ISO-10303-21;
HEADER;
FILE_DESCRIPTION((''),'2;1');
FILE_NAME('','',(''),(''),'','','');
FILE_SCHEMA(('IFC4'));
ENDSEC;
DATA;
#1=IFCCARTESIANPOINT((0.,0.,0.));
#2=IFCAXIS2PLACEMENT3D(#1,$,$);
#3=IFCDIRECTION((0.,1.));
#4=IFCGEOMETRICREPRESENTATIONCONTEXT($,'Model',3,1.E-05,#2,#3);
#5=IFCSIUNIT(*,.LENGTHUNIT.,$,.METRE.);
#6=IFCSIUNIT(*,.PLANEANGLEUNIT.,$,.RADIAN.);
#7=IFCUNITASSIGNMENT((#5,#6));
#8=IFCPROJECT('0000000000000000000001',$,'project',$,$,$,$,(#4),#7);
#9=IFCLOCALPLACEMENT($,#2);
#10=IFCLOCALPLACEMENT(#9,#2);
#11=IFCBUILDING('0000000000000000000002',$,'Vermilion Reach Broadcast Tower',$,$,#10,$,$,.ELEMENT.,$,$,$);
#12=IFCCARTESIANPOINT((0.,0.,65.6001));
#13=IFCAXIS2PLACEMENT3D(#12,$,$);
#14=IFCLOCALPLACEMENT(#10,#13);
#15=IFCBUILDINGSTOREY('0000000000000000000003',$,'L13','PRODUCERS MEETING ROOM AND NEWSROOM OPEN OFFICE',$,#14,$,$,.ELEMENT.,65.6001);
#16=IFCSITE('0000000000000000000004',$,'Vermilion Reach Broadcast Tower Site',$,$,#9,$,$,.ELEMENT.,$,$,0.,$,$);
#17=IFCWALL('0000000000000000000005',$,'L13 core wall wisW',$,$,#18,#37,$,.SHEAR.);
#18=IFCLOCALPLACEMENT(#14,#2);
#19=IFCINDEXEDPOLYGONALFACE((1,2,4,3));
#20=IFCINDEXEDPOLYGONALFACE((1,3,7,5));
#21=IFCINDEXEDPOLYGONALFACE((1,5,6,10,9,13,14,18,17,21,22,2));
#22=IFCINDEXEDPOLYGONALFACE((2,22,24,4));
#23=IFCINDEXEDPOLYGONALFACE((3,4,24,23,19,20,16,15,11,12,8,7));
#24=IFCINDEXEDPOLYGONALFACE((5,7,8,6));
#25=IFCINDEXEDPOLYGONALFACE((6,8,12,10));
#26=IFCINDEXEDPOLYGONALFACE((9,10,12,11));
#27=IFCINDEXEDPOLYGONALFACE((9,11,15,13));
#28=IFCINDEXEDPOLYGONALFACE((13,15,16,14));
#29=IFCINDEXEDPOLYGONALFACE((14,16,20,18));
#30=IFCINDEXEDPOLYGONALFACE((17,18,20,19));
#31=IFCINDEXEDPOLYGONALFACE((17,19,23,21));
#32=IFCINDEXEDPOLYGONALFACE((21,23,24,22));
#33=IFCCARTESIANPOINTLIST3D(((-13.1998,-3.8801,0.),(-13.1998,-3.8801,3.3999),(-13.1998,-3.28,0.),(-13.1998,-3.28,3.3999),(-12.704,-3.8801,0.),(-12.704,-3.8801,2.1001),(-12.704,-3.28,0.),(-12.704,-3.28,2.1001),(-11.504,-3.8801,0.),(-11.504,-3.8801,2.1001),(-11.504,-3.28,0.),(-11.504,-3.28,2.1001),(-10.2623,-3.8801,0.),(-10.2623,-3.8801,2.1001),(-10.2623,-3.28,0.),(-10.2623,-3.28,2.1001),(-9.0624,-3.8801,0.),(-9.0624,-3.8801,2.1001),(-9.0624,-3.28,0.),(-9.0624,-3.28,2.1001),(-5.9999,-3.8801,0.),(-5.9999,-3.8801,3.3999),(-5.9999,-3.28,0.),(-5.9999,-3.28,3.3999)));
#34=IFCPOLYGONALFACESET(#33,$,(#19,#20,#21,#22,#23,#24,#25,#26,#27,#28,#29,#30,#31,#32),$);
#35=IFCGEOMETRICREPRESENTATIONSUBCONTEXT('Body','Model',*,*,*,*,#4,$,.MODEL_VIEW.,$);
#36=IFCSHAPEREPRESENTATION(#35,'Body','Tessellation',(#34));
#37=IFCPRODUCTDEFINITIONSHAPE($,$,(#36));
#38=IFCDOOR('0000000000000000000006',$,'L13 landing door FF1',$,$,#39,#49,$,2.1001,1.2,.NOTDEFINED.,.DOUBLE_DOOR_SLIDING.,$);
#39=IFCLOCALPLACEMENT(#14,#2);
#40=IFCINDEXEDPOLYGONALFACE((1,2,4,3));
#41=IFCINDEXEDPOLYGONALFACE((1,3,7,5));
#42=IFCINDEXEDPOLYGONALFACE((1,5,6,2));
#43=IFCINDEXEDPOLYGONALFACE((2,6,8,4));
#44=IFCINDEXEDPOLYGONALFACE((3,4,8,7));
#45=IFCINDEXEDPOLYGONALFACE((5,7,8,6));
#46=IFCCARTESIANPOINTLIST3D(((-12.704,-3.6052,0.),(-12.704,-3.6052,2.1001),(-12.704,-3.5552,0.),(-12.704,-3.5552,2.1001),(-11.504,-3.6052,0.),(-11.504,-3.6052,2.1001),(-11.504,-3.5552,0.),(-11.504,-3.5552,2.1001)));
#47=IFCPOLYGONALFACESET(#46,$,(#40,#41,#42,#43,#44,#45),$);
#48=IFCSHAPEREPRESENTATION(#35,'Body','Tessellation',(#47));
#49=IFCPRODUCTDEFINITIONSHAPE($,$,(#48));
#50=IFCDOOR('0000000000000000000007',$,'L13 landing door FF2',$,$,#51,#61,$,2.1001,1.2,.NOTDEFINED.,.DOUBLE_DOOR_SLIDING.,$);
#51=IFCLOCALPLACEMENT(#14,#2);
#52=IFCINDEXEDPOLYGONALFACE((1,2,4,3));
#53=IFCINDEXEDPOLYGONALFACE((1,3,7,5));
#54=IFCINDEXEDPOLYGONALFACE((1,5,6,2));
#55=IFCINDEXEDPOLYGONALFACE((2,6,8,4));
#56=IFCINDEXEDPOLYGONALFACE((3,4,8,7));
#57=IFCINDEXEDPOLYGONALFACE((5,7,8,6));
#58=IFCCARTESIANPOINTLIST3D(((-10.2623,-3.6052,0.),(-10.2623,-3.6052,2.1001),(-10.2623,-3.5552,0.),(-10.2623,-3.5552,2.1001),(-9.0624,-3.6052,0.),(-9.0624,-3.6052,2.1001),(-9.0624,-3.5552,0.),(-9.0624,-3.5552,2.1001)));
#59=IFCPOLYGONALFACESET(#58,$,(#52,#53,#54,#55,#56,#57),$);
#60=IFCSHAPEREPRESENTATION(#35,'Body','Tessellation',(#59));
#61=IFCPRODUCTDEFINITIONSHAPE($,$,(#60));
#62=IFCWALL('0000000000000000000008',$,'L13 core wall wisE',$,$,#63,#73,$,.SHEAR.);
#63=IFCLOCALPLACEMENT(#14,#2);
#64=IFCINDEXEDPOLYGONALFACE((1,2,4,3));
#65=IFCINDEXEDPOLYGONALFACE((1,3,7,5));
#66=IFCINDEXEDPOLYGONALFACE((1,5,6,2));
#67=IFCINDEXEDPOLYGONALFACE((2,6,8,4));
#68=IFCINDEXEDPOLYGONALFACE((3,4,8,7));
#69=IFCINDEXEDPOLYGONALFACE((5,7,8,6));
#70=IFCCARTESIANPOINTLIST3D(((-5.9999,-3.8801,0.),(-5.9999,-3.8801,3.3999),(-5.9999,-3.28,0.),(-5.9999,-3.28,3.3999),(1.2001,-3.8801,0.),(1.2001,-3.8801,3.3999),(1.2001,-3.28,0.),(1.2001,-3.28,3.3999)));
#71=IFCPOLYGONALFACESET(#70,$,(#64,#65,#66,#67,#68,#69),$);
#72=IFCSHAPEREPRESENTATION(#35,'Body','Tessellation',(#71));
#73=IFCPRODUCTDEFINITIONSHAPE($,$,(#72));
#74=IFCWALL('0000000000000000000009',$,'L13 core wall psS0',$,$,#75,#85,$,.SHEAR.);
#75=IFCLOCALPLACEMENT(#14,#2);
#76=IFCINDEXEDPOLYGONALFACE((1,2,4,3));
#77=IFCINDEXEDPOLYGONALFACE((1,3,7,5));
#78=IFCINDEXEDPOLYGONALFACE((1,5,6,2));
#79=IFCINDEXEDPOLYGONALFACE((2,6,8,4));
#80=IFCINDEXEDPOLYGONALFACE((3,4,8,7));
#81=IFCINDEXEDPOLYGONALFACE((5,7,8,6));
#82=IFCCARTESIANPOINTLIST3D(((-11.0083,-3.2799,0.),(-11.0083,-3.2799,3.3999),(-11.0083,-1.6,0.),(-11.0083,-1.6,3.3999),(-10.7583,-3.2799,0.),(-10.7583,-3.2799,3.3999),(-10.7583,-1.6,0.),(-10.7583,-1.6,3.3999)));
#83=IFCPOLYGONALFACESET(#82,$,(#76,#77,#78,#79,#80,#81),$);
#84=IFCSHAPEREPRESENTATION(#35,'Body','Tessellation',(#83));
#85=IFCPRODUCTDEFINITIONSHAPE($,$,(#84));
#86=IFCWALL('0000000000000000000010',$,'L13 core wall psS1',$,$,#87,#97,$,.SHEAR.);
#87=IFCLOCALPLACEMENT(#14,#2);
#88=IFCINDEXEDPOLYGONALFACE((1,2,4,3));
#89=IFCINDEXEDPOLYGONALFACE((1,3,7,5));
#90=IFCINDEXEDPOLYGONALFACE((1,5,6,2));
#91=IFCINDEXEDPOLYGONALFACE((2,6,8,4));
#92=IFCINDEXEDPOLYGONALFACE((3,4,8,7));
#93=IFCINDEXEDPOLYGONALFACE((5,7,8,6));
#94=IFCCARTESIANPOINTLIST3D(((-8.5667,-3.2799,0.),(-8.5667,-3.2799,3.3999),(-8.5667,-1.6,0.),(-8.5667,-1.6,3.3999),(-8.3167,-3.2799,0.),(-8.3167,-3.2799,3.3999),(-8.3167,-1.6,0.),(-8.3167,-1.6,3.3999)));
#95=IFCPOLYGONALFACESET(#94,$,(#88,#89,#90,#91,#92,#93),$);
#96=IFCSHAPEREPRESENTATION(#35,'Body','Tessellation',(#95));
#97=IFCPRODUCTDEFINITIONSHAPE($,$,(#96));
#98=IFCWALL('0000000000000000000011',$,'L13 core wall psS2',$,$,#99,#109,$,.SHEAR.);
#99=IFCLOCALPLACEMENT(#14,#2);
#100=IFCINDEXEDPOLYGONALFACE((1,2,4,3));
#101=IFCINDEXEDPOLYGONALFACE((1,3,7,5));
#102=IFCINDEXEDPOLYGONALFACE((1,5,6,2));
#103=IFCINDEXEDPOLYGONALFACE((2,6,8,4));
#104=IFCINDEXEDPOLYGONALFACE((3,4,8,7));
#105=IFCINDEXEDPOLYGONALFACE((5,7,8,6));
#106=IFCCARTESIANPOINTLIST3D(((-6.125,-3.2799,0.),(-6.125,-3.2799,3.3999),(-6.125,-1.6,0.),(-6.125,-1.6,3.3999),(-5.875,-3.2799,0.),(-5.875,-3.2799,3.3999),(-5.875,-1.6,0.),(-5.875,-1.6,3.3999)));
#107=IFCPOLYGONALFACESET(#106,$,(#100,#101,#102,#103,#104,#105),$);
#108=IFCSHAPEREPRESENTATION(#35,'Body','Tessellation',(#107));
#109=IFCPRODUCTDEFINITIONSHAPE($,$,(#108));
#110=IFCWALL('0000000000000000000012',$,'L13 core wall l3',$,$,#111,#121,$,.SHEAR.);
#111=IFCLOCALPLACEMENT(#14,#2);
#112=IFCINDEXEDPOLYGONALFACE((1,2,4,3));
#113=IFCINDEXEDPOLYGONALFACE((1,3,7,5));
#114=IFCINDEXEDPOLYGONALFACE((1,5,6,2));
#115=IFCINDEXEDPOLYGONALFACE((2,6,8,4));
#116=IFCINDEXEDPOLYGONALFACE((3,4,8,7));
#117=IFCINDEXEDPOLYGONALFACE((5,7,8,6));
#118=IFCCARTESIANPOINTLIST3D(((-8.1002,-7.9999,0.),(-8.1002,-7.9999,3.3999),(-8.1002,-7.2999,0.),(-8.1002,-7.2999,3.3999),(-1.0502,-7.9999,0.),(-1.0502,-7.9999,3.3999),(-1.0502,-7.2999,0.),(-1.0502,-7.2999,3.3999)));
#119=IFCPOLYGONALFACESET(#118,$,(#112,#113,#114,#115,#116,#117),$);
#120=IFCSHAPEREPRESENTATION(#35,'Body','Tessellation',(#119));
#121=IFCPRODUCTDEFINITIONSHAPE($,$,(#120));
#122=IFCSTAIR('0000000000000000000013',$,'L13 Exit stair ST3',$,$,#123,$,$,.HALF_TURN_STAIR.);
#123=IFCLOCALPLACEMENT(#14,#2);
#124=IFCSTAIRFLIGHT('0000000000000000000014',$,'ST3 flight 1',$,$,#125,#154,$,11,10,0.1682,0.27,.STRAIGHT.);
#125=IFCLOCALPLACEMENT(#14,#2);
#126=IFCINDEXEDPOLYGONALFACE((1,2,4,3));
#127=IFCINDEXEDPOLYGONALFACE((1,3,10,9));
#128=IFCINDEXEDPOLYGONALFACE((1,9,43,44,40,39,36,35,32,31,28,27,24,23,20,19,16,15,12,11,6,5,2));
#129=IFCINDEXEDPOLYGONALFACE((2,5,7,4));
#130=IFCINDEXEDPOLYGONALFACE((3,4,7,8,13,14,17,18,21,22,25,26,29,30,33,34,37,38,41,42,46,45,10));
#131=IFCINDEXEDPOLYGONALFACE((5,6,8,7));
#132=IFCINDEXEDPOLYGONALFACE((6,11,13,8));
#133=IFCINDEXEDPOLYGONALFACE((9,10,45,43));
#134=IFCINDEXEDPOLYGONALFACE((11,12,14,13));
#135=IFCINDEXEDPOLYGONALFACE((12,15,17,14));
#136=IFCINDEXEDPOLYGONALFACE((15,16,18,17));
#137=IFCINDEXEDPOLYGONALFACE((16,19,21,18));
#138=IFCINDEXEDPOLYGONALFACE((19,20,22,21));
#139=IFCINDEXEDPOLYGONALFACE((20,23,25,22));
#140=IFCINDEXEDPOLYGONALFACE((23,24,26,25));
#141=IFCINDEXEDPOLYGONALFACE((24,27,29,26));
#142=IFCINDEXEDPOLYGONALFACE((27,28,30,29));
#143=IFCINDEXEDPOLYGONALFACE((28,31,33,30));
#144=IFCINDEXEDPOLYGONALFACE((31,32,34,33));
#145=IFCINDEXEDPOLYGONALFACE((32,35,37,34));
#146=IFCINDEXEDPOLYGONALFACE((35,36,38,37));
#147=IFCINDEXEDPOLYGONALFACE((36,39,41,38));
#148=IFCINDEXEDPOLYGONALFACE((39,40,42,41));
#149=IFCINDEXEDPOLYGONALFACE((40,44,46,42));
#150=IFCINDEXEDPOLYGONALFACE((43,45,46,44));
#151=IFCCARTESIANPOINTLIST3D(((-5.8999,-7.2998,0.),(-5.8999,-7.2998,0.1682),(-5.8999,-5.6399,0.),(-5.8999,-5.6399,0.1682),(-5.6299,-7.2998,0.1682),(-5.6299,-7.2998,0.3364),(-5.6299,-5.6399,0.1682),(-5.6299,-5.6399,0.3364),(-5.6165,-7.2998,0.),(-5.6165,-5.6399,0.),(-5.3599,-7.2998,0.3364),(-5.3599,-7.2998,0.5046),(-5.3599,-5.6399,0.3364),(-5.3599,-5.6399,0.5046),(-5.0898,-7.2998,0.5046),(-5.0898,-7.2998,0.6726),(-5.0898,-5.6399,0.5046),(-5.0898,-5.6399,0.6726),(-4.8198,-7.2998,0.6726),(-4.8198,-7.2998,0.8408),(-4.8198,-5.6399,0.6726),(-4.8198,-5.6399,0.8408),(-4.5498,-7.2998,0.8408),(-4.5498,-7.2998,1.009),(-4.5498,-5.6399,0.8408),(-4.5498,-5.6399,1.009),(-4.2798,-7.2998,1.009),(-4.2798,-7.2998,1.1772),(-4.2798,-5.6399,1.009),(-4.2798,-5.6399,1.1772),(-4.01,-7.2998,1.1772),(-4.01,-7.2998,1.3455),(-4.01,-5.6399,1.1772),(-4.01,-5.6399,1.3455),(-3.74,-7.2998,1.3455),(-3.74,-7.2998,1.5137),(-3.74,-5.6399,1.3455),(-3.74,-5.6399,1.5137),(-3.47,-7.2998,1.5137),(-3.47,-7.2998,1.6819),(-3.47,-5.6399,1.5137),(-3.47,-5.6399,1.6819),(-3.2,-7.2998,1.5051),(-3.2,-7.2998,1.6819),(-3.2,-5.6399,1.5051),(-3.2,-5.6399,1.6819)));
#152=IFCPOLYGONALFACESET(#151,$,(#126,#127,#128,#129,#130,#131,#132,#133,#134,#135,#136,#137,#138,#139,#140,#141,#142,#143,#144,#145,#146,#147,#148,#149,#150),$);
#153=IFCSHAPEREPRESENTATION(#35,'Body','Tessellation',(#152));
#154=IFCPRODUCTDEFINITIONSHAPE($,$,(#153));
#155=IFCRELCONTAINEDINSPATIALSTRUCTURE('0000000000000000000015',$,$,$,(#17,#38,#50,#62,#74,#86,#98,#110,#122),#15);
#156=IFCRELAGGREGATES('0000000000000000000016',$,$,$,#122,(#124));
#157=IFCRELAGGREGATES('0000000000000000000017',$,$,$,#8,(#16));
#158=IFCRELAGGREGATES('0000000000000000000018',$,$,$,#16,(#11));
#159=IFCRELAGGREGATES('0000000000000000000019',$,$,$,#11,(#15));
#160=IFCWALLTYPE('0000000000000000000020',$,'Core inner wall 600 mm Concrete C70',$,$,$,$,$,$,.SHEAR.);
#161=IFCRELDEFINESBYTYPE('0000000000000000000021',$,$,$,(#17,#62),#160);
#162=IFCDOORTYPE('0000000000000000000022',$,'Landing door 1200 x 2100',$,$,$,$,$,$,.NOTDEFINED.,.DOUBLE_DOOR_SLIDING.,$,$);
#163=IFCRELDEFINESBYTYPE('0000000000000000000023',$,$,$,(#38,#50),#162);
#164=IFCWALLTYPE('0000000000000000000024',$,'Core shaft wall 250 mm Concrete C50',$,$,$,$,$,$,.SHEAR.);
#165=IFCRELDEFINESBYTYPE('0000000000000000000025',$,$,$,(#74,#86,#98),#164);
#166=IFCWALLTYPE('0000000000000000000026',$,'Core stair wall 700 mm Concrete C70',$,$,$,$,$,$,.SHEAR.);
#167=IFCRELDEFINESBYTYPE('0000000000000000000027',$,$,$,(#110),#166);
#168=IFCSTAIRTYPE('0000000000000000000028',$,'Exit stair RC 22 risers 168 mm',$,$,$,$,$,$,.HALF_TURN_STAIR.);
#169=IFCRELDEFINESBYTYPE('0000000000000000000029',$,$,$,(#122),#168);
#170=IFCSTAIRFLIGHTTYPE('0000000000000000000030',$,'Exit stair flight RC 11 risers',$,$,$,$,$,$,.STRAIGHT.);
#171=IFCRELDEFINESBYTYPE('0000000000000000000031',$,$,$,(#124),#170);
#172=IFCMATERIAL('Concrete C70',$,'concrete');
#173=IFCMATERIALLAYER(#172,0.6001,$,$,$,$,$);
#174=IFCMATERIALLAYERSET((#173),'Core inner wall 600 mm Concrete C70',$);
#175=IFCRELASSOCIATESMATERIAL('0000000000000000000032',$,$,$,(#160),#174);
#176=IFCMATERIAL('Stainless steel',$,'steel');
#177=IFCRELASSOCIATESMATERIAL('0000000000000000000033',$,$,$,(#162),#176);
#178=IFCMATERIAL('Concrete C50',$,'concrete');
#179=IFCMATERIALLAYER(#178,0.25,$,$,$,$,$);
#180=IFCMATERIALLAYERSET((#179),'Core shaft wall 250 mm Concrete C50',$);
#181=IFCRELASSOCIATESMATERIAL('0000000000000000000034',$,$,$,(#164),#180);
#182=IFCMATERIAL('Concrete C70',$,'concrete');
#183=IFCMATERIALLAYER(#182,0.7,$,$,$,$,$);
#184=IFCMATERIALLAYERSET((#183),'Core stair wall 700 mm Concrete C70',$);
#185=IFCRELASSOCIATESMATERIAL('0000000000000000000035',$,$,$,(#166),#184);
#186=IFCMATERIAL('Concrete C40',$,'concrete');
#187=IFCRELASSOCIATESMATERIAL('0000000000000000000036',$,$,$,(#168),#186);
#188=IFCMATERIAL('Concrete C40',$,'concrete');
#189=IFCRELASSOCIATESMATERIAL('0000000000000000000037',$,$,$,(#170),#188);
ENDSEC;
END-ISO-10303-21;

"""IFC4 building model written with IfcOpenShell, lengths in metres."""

from ifc_helpers import new_model, si_unit, direction, frame, frame_2d, origin, place, context, subcontext, project, spatial, polyline, rectangle, outline, extrude, material, layer, layer_set, type_object, element, fill, aggregate, save


model = new_model("IFC4")

# Units and contexts
model_context = context("Model", 3, precision=1e-05, world=origin(), true_north=direction((0.0, 1.0)))
body_context = subcontext(model_context, "Body", "Model", "MODEL_VIEW")
ifc_project = project(units=[si_unit("LENGTHUNIT", "METRE"), si_unit("PLANEANGLEUNIT", "RADIAN")], contexts=[model_context])

# Site, building, storey
site_placement = place(None, origin())
site = spatial("IfcSite", under=ifc_project, at=site_placement, Name="Vermilion Reach Broadcast Tower Site", CompositionType="ELEMENT", RefElevation=0.0)
building_placement = place(site_placement, origin())
building = spatial("IfcBuilding", under=site, at=building_placement, Name="Vermilion Reach Broadcast Tower", CompositionType="ELEMENT")
storey_placement = place(building_placement, frame((0.0, 0.0, 65.6001)))
storey = spatial("IfcBuildingStorey", under=building, at=storey_placement, Name="L13", Description="PRODUCERS MEETING ROOM AND NEWSROOM OPEN OFFICE", CompositionType="ELEMENT", Elevation=65.6001)

# Wall, openings, doors
ifc_material_1 = material(Name="Concrete C70", Category="concrete")
ifc_layer_1 = layer(ifc_material_1, 0.6001)
ifc_layer_set_1 = layer_set([ifc_layer_1], Name="Core inner wall 600 mm Concrete C70")
wall_type_1 = type_object("IfcWallType", Name="Core inner wall 600 mm Concrete C70", PredefinedType="SHEAR", material=ifc_layer_set_1)
wall_1_placement = place(storey_placement, frame((-13.2, -3.5801, 0.0), z_axis=(0.0, 0.0, 1.0), x_axis=(1.0, 0.0, 0.0)))
wall_1 = element("IfcWall", 1, at=wall_1_placement, inside=storey, type_object=wall_type_1, Name="L13 core wall wisW", PredefinedType="SHEAR", context=body_context, shape_type="SweptSolid", body=[
    extrude(rectangle(XDim=7.2, YDim=0.6001, at=frame_2d((3.6001, 0.0))), origin(), (0.0, 0.0, 1.0), 3.3999),
])
opening_1_placement = place(wall_1_placement, frame((0.4958, 0.0, 0.0)))
opening_1 = element("IfcOpeningElement", 2, at=opening_1_placement, cuts=wall_1, PredefinedType="OPENING", context=body_context, shape_type="SweptSolid", body=[
    extrude(rectangle(XDim=1.2, YDim=2.1001, at=frame_2d((0.6001, 1.05))), frame((0.0, 0.3101, 0.0), z_axis=(0.0, -1.0, 0.0), x_axis=(1.0, 0.0, 0.0)), (0.0, 0.0, 1.0), 0.6201),
])
opening_2_placement = place(wall_1_placement, frame((2.9375, 0.0, 0.0)))
opening_2 = element("IfcOpeningElement", 3, at=opening_2_placement, cuts=wall_1, PredefinedType="OPENING", context=body_context, shape_type="SweptSolid", body=[
    extrude(rectangle(XDim=1.2, YDim=2.1001, at=frame_2d((0.6001, 1.05))), frame((0.0, 0.3101, 0.0), z_axis=(0.0, -1.0, 0.0), x_axis=(1.0, 0.0, 0.0)), (0.0, 0.0, 1.0), 0.6201),
])
ifc_material_2 = material(Name="Stainless steel", Category="steel")
door_type_1 = type_object("IfcDoorType", Name="Landing door 1200 x 2100", OperationType="DOUBLE_DOOR_SLIDING", PredefinedType="NOTDEFINED", material=ifc_material_2)
door_1_placement = place(opening_1_placement, origin())
door_1 = element("IfcDoor", 4, at=door_1_placement, inside=storey, type_object=door_type_1, Name="L13 landing door FF1", OperationType="DOUBLE_DOOR_SLIDING", OverallHeight=2.1001, OverallWidth=1.2, PredefinedType="NOTDEFINED", context=body_context, shape_type="SweptSolid", body=[
    extrude(rectangle(XDim=1.2, YDim=2.1001, at=frame_2d((0.6001, 1.05))), frame((0.0, 0.0249, 0.0), z_axis=(0.0, -1.0, 0.0), x_axis=(1.0, 0.0, 0.0)), (0.0, 0.0, 1.0), 0.05),
])
fill(opening_1, door_1)
door_2_placement = place(opening_2_placement, origin())
door_2 = element("IfcDoor", 5, at=door_2_placement, inside=storey, type_object=door_type_1, Name="L13 landing door FF2", OperationType="DOUBLE_DOOR_SLIDING", OverallHeight=2.1001, OverallWidth=1.2, PredefinedType="NOTDEFINED", context=body_context, shape_type="SweptSolid", body=[
    extrude(rectangle(XDim=1.2, YDim=2.1001, at=frame_2d((0.6001, 1.05))), frame((0.0, 0.0249, 0.0), z_axis=(0.0, -1.0, 0.0), x_axis=(1.0, 0.0, 0.0)), (0.0, 0.0, 1.0), 0.05),
])
fill(opening_2, door_2)

# Walls
wall_2_placement = place(storey_placement, frame((-6.0, -3.5801, 0.0), z_axis=(0.0, 0.0, 1.0), x_axis=(1.0, 0.0, 0.0)))
element("IfcWall", 6, at=wall_2_placement, inside=storey, type_object=wall_type_1, Name="L13 core wall wisE", PredefinedType="SHEAR", context=body_context, shape_type="SweptSolid", body=[
    extrude(rectangle(XDim=7.2, YDim=0.6001, at=frame_2d((3.6001, 0.0))), origin(), (0.0, 0.0, 1.0), 3.3999),
])
ifc_material_3 = material(Name="Concrete C50", Category="concrete")
ifc_layer_2 = layer(ifc_material_3, 0.25)
ifc_layer_set_2 = layer_set([ifc_layer_2], Name="Core shaft wall 250 mm Concrete C50")
wall_type_2 = type_object("IfcWallType", Name="Core shaft wall 250 mm Concrete C50", PredefinedType="SHEAR", material=ifc_layer_set_2)
for number, where, z_axis, x_axis, name in (
    (7, (-10.8833, -1.6001, 0.0), (0.0, 0.0, 1.0), (0.0, -1.0, 0.0), "L13 core wall psS0"),
    (8, (-8.4417, -1.6001, 0.0), (0.0, 0.0, 1.0), (0.0, -1.0, 0.0), "L13 core wall psS1"),
    (9, (-6.0, -1.6001, 0.0), (0.0, 0.0, 1.0), (0.0, -1.0, 0.0), "L13 core wall psS2"),
):
    element("IfcWall", number, at=place(storey_placement, frame(where, z_axis=z_axis, x_axis=x_axis)), inside=storey, type_object=wall_type_2, Name=name, PredefinedType="SHEAR", context=body_context, shape_type="SweptSolid", body=[
        extrude(rectangle(XDim=1.6799, YDim=0.25, at=frame_2d((0.8398, 0.0))), origin(), (0.0, 0.0, 1.0), 3.3999),
    ])
ifc_material_4 = material(Name="Concrete C70", Category="concrete")
ifc_layer_3 = layer(ifc_material_4, 0.7)
ifc_layer_set_3 = layer_set([ifc_layer_3], Name="Core stair wall 700 mm Concrete C70")
wall_type_3 = type_object("IfcWallType", Name="Core stair wall 700 mm Concrete C70", PredefinedType="SHEAR", material=ifc_layer_set_3)
wall_3_placement = place(storey_placement, frame((-8.1001, -7.6499, 0.0), z_axis=(0.0, 0.0, 1.0), x_axis=(1.0, 0.0, 0.0)))
element("IfcWall", 10, at=wall_3_placement, inside=storey, type_object=wall_type_3, Name="L13 core wall l3", PredefinedType="SHEAR", context=body_context, shape_type="SweptSolid", body=[
    extrude(rectangle(XDim=7.05, YDim=0.7, at=frame_2d((3.5249, 0.0))), origin(), (0.0, 0.0, 1.0), 3.3999),
])

# Stair, stair flight
ifc_material_5 = material(Name="Concrete C40", Category="concrete")
stair_type = type_object("IfcStairType", Name="Exit stair RC 22 risers 168 mm", PredefinedType="HALF_TURN_STAIR", material=ifc_material_5)
stair_placement = place(storey_placement, origin())
stair = element("IfcStair", 11, at=stair_placement, inside=storey, type_object=stair_type, Name="L13 Exit stair ST3", PredefinedType="HALF_TURN_STAIR")
ifc_material_6 = material(Name="Concrete C40", Category="concrete")
stair_flight_type = type_object("IfcStairFlightType", Name="Exit stair flight RC 11 risers", PredefinedType="STRAIGHT", material=ifc_material_6)
stair_flight_placement = place(storey_placement, frame((-5.8999, -6.47, 0.0), z_axis=(0.0, 0.0, 1.0), x_axis=(1.0, 0.0, 0.0)))
stair_flight = element("IfcStairFlight", 12, at=stair_flight_placement, type_object=stair_flight_type, Name="ST3 flight 1", NumberOfRisers=11, NumberOfTreads=10, PredefinedType="STRAIGHT", RiserHeight=0.1682, TreadLength=0.27, context=body_context, shape_type="SweptSolid", body=[
    extrude(outline(polyline([(0.0, 0.0), (0.0, 0.1682), (0.27, 0.1682), (0.27, 0.3364), (0.54, 0.3364), (0.54, 0.5046), (0.8101, 0.5046), (0.8101, 0.6726), (1.0801, 0.6726), (1.0801, 0.8408), (1.3501, 0.8408), (1.3501, 1.009), (1.6201, 1.009), (1.6201, 1.1772), (1.8899, 1.1772), (1.8899, 1.3455), (2.1599, 1.3455), (2.1599, 1.5137), (2.4299, 1.5137), (2.4299, 1.6819), (2.7, 1.6819), (2.7, 1.8501), (2.7, 1.5051), (0.2834, 0.0), (0.0, 0.0)])), frame((0.0, 0.8301, 0.0), z_axis=(0.0, -1.0, 0.0), x_axis=(1.0, 0.0, 0.0)), (0.0, 0.0, 1.0), 1.6599),
])
aggregate(stair, [stair_flight])

save(model, "model.ifc")
